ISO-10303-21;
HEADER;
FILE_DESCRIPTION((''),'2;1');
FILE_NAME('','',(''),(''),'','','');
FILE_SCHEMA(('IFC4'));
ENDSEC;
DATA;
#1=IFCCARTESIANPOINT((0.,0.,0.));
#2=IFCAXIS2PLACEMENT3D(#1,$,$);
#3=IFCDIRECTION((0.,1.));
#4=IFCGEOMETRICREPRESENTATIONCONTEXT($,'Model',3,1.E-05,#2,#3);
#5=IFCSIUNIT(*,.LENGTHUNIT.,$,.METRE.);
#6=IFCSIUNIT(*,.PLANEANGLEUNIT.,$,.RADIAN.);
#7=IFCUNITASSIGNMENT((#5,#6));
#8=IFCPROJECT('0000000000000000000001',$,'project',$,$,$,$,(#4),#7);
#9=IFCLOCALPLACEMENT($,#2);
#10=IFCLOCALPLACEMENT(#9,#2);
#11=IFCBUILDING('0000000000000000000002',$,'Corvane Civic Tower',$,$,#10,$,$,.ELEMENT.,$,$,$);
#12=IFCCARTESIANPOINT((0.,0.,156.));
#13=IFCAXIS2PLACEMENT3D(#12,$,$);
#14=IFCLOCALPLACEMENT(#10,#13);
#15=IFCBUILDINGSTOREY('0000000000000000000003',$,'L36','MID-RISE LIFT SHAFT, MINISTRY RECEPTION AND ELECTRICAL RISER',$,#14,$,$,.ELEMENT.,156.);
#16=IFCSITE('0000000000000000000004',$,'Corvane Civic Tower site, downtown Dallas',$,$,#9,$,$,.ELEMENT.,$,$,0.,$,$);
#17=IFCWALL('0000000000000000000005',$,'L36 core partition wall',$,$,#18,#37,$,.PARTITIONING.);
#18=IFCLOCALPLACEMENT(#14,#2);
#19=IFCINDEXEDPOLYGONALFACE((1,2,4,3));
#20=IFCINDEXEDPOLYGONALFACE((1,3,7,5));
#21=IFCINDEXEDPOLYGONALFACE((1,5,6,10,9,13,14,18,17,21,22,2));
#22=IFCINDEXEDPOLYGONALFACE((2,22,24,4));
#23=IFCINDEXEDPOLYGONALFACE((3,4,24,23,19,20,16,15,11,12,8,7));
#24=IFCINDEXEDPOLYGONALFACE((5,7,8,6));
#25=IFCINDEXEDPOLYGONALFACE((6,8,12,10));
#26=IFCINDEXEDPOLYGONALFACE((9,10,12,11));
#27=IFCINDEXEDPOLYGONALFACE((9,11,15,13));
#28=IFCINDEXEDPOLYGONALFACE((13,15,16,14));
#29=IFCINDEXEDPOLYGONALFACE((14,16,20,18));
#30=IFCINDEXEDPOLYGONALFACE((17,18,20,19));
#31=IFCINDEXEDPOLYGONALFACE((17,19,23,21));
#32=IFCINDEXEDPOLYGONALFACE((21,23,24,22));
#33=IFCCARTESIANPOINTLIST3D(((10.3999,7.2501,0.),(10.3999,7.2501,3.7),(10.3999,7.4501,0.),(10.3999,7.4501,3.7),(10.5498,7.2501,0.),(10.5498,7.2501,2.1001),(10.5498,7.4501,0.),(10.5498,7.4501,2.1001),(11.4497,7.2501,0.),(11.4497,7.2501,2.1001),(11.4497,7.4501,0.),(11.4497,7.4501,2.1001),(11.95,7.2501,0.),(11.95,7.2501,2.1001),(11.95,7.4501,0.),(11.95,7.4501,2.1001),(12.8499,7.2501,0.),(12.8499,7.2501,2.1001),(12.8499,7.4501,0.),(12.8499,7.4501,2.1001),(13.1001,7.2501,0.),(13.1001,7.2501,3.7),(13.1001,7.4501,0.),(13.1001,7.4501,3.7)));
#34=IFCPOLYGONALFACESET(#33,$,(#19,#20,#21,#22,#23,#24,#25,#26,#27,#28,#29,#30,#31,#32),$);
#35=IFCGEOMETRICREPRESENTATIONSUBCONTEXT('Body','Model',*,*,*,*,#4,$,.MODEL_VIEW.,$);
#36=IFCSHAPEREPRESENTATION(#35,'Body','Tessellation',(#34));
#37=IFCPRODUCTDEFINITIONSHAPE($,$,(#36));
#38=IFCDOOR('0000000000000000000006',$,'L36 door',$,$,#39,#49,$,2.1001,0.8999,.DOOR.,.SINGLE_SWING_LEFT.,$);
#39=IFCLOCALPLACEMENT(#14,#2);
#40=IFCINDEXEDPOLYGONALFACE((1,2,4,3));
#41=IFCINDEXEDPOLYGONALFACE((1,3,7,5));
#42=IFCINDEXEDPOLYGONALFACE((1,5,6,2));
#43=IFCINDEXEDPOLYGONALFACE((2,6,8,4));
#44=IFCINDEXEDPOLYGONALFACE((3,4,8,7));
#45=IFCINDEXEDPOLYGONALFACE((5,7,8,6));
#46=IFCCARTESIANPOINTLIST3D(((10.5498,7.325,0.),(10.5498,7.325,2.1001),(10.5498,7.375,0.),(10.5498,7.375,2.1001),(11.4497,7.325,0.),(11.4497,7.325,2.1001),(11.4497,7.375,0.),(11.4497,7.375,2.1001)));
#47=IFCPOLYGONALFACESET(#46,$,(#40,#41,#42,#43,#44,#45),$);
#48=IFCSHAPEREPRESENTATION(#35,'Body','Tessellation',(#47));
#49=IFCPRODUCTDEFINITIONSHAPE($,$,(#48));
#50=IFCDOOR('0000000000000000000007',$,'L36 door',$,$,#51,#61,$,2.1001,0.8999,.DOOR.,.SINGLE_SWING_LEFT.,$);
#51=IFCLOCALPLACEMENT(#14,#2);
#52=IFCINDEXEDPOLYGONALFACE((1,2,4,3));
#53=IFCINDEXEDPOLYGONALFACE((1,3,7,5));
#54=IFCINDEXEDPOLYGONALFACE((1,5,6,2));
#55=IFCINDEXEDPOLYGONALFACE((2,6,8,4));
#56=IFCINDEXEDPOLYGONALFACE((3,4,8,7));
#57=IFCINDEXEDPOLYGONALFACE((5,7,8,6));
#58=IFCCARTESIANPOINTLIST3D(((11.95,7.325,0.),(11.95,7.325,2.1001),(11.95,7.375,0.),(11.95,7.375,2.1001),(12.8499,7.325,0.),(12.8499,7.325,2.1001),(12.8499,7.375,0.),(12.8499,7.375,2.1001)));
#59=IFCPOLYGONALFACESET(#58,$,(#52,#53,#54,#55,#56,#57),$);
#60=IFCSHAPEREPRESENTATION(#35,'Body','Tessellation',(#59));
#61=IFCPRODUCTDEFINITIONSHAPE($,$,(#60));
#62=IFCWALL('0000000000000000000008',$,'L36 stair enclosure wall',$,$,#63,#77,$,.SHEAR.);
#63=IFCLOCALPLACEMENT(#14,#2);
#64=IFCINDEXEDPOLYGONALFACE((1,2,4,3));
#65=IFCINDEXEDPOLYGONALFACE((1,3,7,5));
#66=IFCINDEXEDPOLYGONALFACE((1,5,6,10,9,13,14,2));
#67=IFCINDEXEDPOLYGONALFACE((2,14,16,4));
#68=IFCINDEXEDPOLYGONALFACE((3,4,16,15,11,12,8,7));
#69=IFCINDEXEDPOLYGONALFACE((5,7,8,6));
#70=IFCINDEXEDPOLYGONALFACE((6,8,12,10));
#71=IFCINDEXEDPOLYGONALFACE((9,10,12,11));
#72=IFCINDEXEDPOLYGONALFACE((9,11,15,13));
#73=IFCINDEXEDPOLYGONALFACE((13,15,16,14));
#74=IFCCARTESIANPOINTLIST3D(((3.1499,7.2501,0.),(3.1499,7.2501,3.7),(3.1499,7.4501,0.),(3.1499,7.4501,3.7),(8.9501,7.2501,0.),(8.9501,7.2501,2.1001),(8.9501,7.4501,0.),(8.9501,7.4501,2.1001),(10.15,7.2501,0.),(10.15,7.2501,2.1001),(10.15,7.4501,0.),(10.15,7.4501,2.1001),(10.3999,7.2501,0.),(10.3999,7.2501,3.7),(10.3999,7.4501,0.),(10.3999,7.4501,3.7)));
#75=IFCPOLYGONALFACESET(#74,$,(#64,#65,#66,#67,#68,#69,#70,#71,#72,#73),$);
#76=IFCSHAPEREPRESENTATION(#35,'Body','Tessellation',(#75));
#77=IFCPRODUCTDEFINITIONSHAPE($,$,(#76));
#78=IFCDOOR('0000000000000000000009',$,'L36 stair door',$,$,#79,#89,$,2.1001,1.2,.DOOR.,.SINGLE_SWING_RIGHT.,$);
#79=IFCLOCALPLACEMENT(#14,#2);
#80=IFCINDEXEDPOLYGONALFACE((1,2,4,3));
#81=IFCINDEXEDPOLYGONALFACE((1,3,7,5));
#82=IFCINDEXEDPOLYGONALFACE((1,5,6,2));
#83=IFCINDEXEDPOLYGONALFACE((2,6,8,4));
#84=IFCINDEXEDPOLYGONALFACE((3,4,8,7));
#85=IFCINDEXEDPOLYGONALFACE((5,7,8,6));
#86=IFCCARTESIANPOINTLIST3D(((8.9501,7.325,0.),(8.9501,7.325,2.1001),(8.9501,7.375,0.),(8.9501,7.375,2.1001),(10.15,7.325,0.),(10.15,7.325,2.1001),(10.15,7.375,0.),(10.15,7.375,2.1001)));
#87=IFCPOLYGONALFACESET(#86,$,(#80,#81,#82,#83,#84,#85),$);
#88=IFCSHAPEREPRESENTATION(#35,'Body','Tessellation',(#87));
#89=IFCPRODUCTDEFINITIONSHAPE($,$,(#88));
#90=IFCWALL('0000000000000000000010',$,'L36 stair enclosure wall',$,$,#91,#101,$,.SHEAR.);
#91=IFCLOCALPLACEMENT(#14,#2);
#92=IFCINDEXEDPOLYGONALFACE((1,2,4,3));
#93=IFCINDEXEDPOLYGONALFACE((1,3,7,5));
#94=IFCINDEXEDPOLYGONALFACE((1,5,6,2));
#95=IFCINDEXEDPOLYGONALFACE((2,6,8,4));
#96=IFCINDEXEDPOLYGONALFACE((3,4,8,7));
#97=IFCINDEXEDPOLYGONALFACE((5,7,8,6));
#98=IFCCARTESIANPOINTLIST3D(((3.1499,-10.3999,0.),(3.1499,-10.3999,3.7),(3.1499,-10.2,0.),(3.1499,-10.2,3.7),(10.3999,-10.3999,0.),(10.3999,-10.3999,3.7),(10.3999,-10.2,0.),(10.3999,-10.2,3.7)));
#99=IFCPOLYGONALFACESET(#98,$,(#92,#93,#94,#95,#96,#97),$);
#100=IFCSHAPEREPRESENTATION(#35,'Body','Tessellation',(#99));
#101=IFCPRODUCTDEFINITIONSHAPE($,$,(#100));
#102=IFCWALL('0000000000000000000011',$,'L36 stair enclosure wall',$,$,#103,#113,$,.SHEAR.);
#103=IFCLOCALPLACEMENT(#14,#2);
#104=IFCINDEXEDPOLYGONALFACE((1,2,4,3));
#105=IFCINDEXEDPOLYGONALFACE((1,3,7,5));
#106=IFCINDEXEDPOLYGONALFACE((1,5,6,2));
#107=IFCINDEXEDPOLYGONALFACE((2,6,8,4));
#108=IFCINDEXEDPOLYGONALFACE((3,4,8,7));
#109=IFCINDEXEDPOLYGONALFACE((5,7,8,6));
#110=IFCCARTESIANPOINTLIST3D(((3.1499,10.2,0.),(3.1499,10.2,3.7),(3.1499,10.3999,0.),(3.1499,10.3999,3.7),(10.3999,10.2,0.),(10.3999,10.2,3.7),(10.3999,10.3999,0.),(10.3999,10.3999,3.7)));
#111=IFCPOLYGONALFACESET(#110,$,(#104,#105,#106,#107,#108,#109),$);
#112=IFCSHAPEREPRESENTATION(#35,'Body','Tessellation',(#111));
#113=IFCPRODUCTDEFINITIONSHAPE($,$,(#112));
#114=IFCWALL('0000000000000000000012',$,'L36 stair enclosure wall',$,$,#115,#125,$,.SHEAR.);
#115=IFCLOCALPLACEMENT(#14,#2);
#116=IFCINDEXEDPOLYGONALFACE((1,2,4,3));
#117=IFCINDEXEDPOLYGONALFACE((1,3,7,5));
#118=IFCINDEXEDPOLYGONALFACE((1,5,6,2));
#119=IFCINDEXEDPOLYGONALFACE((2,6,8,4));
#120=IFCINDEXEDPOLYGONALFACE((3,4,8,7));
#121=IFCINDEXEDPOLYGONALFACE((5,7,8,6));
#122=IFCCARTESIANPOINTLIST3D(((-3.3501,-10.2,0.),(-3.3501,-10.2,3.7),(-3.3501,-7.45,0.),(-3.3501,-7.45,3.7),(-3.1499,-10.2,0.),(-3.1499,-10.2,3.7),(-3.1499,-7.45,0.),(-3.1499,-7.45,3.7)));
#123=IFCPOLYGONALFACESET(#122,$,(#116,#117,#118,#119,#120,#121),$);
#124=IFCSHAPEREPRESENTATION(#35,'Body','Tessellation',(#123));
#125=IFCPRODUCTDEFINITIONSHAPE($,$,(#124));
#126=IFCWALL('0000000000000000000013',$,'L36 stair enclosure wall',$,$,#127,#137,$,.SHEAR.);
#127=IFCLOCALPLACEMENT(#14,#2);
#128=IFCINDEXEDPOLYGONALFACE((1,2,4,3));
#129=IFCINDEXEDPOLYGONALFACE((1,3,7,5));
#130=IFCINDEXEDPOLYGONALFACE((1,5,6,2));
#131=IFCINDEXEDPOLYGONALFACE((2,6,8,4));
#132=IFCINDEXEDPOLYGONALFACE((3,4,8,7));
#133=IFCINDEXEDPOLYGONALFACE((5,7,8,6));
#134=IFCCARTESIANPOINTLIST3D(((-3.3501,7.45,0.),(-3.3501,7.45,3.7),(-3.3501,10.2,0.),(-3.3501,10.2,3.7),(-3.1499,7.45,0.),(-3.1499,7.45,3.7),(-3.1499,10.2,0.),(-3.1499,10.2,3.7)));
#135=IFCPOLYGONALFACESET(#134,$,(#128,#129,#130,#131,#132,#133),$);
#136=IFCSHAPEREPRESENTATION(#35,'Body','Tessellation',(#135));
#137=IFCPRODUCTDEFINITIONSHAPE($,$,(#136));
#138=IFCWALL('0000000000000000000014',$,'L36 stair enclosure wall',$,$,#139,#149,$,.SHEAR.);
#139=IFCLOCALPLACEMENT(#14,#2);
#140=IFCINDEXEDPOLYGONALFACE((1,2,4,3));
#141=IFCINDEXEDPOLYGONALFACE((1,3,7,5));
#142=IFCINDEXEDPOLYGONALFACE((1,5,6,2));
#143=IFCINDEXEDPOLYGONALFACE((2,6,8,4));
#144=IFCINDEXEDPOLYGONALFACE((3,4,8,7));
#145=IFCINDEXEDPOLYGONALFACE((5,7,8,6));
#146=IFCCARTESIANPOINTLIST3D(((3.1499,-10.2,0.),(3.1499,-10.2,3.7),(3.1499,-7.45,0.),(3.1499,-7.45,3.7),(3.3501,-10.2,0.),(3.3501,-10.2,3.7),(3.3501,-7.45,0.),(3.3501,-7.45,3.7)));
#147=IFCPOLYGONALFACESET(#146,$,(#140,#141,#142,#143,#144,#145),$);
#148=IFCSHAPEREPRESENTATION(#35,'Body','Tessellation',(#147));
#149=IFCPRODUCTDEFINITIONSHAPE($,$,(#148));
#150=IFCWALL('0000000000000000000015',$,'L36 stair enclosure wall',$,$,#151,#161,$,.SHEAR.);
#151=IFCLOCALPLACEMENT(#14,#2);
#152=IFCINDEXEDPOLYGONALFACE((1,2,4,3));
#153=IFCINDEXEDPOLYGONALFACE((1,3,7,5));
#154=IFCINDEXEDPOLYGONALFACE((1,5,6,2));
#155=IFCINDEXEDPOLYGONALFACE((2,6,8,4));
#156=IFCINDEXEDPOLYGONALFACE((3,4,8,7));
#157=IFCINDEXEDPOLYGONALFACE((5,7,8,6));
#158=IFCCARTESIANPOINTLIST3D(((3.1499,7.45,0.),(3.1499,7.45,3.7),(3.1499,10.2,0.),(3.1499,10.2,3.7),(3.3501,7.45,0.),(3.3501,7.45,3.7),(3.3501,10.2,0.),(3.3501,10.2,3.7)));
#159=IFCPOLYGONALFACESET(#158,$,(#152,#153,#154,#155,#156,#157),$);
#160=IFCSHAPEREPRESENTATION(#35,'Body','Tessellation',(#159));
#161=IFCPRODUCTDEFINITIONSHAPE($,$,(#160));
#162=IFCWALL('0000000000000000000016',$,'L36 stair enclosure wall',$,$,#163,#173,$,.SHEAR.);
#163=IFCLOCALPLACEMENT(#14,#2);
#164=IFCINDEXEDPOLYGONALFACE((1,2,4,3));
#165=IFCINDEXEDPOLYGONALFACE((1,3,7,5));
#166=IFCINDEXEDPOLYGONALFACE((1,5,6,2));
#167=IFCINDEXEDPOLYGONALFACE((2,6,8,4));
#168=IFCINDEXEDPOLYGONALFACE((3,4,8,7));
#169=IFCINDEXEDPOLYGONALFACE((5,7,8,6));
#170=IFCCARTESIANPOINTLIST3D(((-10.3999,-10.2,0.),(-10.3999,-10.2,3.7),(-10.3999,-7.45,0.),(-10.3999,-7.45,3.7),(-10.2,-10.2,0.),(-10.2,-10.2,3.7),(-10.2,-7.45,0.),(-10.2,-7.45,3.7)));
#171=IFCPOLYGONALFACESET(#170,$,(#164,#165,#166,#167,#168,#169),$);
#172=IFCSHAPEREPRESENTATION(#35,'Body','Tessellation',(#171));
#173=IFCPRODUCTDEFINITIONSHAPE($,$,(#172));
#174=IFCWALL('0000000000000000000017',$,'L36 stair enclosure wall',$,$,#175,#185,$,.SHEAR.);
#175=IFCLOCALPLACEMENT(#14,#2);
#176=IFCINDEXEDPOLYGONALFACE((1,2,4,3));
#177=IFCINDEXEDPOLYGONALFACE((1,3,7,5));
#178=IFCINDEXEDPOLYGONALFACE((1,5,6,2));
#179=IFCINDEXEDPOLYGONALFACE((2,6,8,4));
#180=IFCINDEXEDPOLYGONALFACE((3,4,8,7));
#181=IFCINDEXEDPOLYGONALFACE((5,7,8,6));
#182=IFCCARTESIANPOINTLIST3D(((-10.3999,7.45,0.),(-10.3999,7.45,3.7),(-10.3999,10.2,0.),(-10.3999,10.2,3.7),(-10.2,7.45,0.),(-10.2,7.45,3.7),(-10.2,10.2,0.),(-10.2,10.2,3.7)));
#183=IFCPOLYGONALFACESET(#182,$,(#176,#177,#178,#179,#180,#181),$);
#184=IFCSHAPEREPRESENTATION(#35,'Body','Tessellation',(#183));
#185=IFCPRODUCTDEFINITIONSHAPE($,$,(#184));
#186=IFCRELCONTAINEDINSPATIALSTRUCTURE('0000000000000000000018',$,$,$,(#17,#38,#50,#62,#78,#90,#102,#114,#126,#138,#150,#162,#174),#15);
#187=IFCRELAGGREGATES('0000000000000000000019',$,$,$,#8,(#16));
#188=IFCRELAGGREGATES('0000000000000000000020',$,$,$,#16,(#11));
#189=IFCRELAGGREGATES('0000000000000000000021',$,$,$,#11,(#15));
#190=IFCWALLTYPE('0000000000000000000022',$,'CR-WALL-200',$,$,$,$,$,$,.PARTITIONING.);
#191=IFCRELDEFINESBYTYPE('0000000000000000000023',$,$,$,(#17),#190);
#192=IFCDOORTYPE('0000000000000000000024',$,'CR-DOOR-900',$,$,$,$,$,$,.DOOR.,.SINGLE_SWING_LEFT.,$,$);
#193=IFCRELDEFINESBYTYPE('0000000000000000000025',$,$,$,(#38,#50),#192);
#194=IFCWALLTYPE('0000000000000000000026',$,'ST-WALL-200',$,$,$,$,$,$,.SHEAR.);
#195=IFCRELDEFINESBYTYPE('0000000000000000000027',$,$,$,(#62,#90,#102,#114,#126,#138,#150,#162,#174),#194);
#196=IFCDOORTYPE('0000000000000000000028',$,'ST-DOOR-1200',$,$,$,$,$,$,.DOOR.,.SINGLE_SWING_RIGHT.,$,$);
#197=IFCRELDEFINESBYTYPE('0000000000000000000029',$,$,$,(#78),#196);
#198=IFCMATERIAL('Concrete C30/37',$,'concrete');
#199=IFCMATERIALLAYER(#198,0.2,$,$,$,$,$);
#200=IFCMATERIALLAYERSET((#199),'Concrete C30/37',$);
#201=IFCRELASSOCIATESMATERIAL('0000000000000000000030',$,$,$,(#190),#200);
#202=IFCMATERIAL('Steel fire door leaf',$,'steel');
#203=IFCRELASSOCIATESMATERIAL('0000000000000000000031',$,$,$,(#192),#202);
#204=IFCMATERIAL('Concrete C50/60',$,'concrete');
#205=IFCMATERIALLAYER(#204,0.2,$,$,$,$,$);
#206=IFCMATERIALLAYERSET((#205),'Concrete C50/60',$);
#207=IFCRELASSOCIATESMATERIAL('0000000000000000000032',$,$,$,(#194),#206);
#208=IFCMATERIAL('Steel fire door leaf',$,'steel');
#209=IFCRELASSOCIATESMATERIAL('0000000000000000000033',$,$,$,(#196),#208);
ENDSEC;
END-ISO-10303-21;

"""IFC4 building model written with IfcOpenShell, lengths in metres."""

from ifc_helpers import new_model, si_unit, direction, frame, frame_2d, origin, place, context, subcontext, project, spatial, polyline, rectangle, outline, extrude, material, layer, layer_set, type_object, element, fill, save


model = new_model("IFC4")

# Units and contexts
model_context = context("Model", 3, precision=1e-05, world=origin(), true_north=direction((0.0, 1.0)))
body_context = subcontext(model_context, "Body", "Model", "MODEL_VIEW")
ifc_project = project(units=[si_unit("LENGTHUNIT", "METRE"), si_unit("PLANEANGLEUNIT", "RADIAN")], contexts=[model_context])

# Site, building, storey
site_placement = place(None, origin())
site = spatial("IfcSite", under=ifc_project, at=site_placement, Name="Corvane Civic Tower site, downtown Dallas", CompositionType="ELEMENT", RefElevation=0.0)
building_placement = place(site_placement, origin())
building = spatial("IfcBuilding", under=site, at=building_placement, Name="Corvane Civic Tower", CompositionType="ELEMENT")
storey_placement = place(building_placement, frame((0.0, 0.0, 156.0)))
storey = spatial("IfcBuildingStorey", under=building, at=storey_placement, Name="L36", Description="MID-RISE LIFT SHAFT, MINISTRY RECEPTION AND ELECTRICAL RISER", CompositionType="ELEMENT", Elevation=156.0)

# Wall, openings, doors
ifc_material_1 = material(Name="Concrete C30/37", Category="concrete")
ifc_layer_1 = layer(ifc_material_1, 0.2)
ifc_layer_set_1 = layer_set([ifc_layer_1], Name="Concrete C30/37")
wall_type_1 = type_object("IfcWallType", Name="CR-WALL-200", PredefinedType="PARTITIONING", material=ifc_layer_set_1)
wall_1_placement = place(storey_placement, frame((10.3999, 7.3501, 0.0), z_axis=(0.0, 0.0, 1.0), x_axis=(1.0, 0.0, 0.0)))
wall_1 = element("IfcWall", 1, at=wall_1_placement, inside=storey, type_object=wall_type_1, Name="L36 core partition wall", PredefinedType="PARTITIONING", context=body_context, shape_type="SweptSolid", body=[
    extrude(rectangle(XDim=2.7002, YDim=0.2, at=frame_2d((1.3501, 0.0))), origin(), (0.0, 0.0, 1.0), 3.7),
])
opening_1_placement = place(wall_1_placement, frame((0.1499, 0.0, 0.0)))
opening_1 = element("IfcOpeningElement", 2, at=opening_1_placement, cuts=wall_1, PredefinedType="OPENING", context=body_context, shape_type="SweptSolid", body=[
    extrude(rectangle(XDim=0.8999, YDim=2.1001, at=frame_2d((0.45, 1.05))), frame((0.0, 0.1099, 0.0), z_axis=(0.0, -1.0, 0.0), x_axis=(1.0, 0.0, 0.0)), (0.0, 0.0, 1.0), 0.22),
])
opening_2_placement = place(wall_1_placement, frame((1.55, 0.0, 0.0)))
opening_2 = element("IfcOpeningElement", 3, at=opening_2_placement, cuts=wall_1, PredefinedType="OPENING", context=body_context, shape_type="SweptSolid", body=[
    extrude(rectangle(XDim=0.8999, YDim=2.1001, at=frame_2d((0.45, 1.05))), frame((0.0, 0.1099, 0.0), z_axis=(0.0, -1.0, 0.0), x_axis=(1.0, 0.0, 0.0)), (0.0, 0.0, 1.0), 0.22),
])
ifc_material_2 = material(Name="Steel fire door leaf", Category="steel")
door_type_1 = type_object("IfcDoorType", Name="CR-DOOR-900", OperationType="SINGLE_SWING_LEFT", PredefinedType="DOOR", material=ifc_material_2)
door_1_placement = place(opening_1_placement, origin())
door_1 = element("IfcDoor", 4, at=door_1_placement, inside=storey, type_object=door_type_1, Name="L36 door", OperationType="SINGLE_SWING_LEFT", OverallHeight=2.1001, OverallWidth=0.8999, PredefinedType="DOOR", context=body_context, shape_type="SweptSolid", body=[
    extrude(rectangle(XDim=0.8999, YDim=2.1001, at=frame_2d((0.45, 1.05))), frame((0.0, 0.0249, 0.0), z_axis=(0.0, -1.0, 0.0), x_axis=(1.0, 0.0, 0.0)), (0.0, 0.0, 1.0), 0.05),
])
fill(opening_1, door_1)
door_2_placement = place(opening_2_placement, origin())
door_2 = element("IfcDoor", 5, at=door_2_placement, inside=storey, type_object=door_type_1, Name="L36 door", OperationType="SINGLE_SWING_LEFT", OverallHeight=2.1001, OverallWidth=0.8999, PredefinedType="DOOR", context=body_context, shape_type="SweptSolid", body=[
    extrude(rectangle(XDim=0.8999, YDim=2.1001, at=frame_2d((0.45, 1.05))), frame((0.0, 0.0249, 0.0), z_axis=(0.0, -1.0, 0.0), x_axis=(1.0, 0.0, 0.0)), (0.0, 0.0, 1.0), 0.05),
])
fill(opening_2, door_2)

# Wall, opening, door
ifc_material_3 = material(Name="Concrete C50/60", Category="concrete")
ifc_layer_2 = layer(ifc_material_3, 0.2)
ifc_layer_set_2 = layer_set([ifc_layer_2], Name="Concrete C50/60")
wall_type_2 = type_object("IfcWallType", Name="ST-WALL-200", PredefinedType="SHEAR", material=ifc_layer_set_2)
wall_2_placement = place(storey_placement, frame((3.1499, 7.3501, 0.0), z_axis=(0.0, 0.0, 1.0), x_axis=(1.0, 0.0, 0.0)))
wall_2 = element("IfcWall", 6, at=wall_2_placement, inside=storey, type_object=wall_type_2, Name="L36 stair enclosure wall", PredefinedType="SHEAR", context=body_context, shape_type="SweptSolid", body=[
    extrude(rectangle(XDim=7.25, YDim=0.2, at=frame_2d((3.625, 0.0))), origin(), (0.0, 0.0, 1.0), 3.7),
])
opening_3_placement = place(wall_2_placement, frame((5.8, 0.0, 0.0)))
opening_3 = element("IfcOpeningElement", 7, at=opening_3_placement, cuts=wall_2, PredefinedType="OPENING", context=body_context, shape_type="SweptSolid", body=[
    extrude(rectangle(XDim=1.2, YDim=2.1001, at=frame_2d((0.6001, 1.05))), frame((0.0, 0.1099, 0.0), z_axis=(0.0, -1.0, 0.0), x_axis=(1.0, 0.0, 0.0)), (0.0, 0.0, 1.0), 0.22),
])
ifc_material_4 = material(Name="Steel fire door leaf", Category="steel")
door_type_2 = type_object("IfcDoorType", Name="ST-DOOR-1200", OperationType="SINGLE_SWING_RIGHT", PredefinedType="DOOR", material=ifc_material_4)
door_3_placement = place(opening_3_placement, origin())
door_3 = element("IfcDoor", 8, at=door_3_placement, inside=storey, type_object=door_type_2, Name="L36 stair door", OperationType="SINGLE_SWING_RIGHT", OverallHeight=2.1001, OverallWidth=1.2, PredefinedType="DOOR", context=body_context, shape_type="SweptSolid", body=[
    extrude(rectangle(XDim=1.2, YDim=2.1001, at=frame_2d((0.6001, 1.05))), frame((0.0, 0.0249, 0.0), z_axis=(0.0, -1.0, 0.0), x_axis=(1.0, 0.0, 0.0)), (0.0, 0.0, 1.0), 0.05),
])
fill(opening_3, door_3)

# Walls
wall_3_placement = place(storey_placement, origin())
element("IfcWall", 9, at=wall_3_placement, inside=storey, type_object=wall_type_2, Name="L36 stair enclosure wall", PredefinedType="SHEAR", context=body_context, shape_type="SweptSolid", body=[
    extrude(outline(polyline([(10.3999, -10.3999), (3.1499, -10.3999), (3.1499, -10.2), (10.3999, -10.2), (10.3999, -10.3999)])), origin(), (0.0, 0.0, 1.0), 3.7),
])
wall_4_placement = place(storey_placement, origin())
element("IfcWall", 10, at=wall_4_placement, inside=storey, type_object=wall_type_2, Name="L36 stair enclosure wall", PredefinedType="SHEAR", context=body_context, shape_type="SweptSolid", body=[
    extrude(outline(polyline([(10.3999, 10.2), (3.1499, 10.2), (3.1499, 10.3999), (10.3999, 10.3999), (10.3999, 10.2)])), origin(), (0.0, 0.0, 1.0), 3.7),
])
wall_5_placement = place(storey_placement, origin())
element("IfcWall", 11, at=wall_5_placement, inside=storey, type_object=wall_type_2, Name="L36 stair enclosure wall", PredefinedType="SHEAR", context=body_context, shape_type="SweptSolid", body=[
    extrude(outline(polyline([(-3.1499, -7.45), (-3.1499, -10.2), (-3.3501, -10.2), (-3.3501, -7.45), (-3.1499, -7.45)])), origin(), (0.0, 0.0, 1.0), 3.7),
])
wall_6_placement = place(storey_placement, origin())
element("IfcWall", 12, at=wall_6_placement, inside=storey, type_object=wall_type_2, Name="L36 stair enclosure wall", PredefinedType="SHEAR", context=body_context, shape_type="SweptSolid", body=[
    extrude(outline(polyline([(-3.1499, 7.45), (-3.3501, 7.45), (-3.3501, 10.2), (-3.1499, 10.2), (-3.1499, 7.45)])), origin(), (0.0, 0.0, 1.0), 3.7),
])
wall_7_placement = place(storey_placement, origin())
element("IfcWall", 13, at=wall_7_placement, inside=storey, type_object=wall_type_2, Name="L36 stair enclosure wall", PredefinedType="SHEAR", context=body_context, shape_type="SweptSolid", body=[
    extrude(outline(polyline([(3.3501, -7.45), (3.3501, -10.2), (3.1499, -10.2), (3.1499, -7.45), (3.3501, -7.45)])), origin(), (0.0, 0.0, 1.0), 3.7),
])
wall_8_placement = place(storey_placement, origin())
element("IfcWall", 14, at=wall_8_placement, inside=storey, type_object=wall_type_2, Name="L36 stair enclosure wall", PredefinedType="SHEAR", context=body_context, shape_type="SweptSolid", body=[
    extrude(outline(polyline([(3.3501, 7.45), (3.1499, 7.45), (3.1499, 10.2), (3.3501, 10.2), (3.3501, 7.45)])), origin(), (0.0, 0.0, 1.0), 3.7),
])
wall_9_placement = place(storey_placement, origin())
element("IfcWall", 15, at=wall_9_placement, inside=storey, type_object=wall_type_2, Name="L36 stair enclosure wall", PredefinedType="SHEAR", context=body_context, shape_type="SweptSolid", body=[
    extrude(outline(polyline([(-10.2, -7.45), (-10.2, -10.2), (-10.3999, -10.2), (-10.3999, -7.45), (-10.2, -7.45)])), origin(), (0.0, 0.0, 1.0), 3.7),
])
wall_10_placement = place(storey_placement, origin())
element("IfcWall", 16, at=wall_10_placement, inside=storey, type_object=wall_type_2, Name="L36 stair enclosure wall", PredefinedType="SHEAR", context=body_context, shape_type="SweptSolid", body=[
    extrude(outline(polyline([(-10.2, 7.45), (-10.3999, 7.45), (-10.3999, 10.2), (-10.2, 10.2), (-10.2, 7.45)])), origin(), (0.0, 0.0, 1.0), 3.7),
])

save(model, "model.ifc")
